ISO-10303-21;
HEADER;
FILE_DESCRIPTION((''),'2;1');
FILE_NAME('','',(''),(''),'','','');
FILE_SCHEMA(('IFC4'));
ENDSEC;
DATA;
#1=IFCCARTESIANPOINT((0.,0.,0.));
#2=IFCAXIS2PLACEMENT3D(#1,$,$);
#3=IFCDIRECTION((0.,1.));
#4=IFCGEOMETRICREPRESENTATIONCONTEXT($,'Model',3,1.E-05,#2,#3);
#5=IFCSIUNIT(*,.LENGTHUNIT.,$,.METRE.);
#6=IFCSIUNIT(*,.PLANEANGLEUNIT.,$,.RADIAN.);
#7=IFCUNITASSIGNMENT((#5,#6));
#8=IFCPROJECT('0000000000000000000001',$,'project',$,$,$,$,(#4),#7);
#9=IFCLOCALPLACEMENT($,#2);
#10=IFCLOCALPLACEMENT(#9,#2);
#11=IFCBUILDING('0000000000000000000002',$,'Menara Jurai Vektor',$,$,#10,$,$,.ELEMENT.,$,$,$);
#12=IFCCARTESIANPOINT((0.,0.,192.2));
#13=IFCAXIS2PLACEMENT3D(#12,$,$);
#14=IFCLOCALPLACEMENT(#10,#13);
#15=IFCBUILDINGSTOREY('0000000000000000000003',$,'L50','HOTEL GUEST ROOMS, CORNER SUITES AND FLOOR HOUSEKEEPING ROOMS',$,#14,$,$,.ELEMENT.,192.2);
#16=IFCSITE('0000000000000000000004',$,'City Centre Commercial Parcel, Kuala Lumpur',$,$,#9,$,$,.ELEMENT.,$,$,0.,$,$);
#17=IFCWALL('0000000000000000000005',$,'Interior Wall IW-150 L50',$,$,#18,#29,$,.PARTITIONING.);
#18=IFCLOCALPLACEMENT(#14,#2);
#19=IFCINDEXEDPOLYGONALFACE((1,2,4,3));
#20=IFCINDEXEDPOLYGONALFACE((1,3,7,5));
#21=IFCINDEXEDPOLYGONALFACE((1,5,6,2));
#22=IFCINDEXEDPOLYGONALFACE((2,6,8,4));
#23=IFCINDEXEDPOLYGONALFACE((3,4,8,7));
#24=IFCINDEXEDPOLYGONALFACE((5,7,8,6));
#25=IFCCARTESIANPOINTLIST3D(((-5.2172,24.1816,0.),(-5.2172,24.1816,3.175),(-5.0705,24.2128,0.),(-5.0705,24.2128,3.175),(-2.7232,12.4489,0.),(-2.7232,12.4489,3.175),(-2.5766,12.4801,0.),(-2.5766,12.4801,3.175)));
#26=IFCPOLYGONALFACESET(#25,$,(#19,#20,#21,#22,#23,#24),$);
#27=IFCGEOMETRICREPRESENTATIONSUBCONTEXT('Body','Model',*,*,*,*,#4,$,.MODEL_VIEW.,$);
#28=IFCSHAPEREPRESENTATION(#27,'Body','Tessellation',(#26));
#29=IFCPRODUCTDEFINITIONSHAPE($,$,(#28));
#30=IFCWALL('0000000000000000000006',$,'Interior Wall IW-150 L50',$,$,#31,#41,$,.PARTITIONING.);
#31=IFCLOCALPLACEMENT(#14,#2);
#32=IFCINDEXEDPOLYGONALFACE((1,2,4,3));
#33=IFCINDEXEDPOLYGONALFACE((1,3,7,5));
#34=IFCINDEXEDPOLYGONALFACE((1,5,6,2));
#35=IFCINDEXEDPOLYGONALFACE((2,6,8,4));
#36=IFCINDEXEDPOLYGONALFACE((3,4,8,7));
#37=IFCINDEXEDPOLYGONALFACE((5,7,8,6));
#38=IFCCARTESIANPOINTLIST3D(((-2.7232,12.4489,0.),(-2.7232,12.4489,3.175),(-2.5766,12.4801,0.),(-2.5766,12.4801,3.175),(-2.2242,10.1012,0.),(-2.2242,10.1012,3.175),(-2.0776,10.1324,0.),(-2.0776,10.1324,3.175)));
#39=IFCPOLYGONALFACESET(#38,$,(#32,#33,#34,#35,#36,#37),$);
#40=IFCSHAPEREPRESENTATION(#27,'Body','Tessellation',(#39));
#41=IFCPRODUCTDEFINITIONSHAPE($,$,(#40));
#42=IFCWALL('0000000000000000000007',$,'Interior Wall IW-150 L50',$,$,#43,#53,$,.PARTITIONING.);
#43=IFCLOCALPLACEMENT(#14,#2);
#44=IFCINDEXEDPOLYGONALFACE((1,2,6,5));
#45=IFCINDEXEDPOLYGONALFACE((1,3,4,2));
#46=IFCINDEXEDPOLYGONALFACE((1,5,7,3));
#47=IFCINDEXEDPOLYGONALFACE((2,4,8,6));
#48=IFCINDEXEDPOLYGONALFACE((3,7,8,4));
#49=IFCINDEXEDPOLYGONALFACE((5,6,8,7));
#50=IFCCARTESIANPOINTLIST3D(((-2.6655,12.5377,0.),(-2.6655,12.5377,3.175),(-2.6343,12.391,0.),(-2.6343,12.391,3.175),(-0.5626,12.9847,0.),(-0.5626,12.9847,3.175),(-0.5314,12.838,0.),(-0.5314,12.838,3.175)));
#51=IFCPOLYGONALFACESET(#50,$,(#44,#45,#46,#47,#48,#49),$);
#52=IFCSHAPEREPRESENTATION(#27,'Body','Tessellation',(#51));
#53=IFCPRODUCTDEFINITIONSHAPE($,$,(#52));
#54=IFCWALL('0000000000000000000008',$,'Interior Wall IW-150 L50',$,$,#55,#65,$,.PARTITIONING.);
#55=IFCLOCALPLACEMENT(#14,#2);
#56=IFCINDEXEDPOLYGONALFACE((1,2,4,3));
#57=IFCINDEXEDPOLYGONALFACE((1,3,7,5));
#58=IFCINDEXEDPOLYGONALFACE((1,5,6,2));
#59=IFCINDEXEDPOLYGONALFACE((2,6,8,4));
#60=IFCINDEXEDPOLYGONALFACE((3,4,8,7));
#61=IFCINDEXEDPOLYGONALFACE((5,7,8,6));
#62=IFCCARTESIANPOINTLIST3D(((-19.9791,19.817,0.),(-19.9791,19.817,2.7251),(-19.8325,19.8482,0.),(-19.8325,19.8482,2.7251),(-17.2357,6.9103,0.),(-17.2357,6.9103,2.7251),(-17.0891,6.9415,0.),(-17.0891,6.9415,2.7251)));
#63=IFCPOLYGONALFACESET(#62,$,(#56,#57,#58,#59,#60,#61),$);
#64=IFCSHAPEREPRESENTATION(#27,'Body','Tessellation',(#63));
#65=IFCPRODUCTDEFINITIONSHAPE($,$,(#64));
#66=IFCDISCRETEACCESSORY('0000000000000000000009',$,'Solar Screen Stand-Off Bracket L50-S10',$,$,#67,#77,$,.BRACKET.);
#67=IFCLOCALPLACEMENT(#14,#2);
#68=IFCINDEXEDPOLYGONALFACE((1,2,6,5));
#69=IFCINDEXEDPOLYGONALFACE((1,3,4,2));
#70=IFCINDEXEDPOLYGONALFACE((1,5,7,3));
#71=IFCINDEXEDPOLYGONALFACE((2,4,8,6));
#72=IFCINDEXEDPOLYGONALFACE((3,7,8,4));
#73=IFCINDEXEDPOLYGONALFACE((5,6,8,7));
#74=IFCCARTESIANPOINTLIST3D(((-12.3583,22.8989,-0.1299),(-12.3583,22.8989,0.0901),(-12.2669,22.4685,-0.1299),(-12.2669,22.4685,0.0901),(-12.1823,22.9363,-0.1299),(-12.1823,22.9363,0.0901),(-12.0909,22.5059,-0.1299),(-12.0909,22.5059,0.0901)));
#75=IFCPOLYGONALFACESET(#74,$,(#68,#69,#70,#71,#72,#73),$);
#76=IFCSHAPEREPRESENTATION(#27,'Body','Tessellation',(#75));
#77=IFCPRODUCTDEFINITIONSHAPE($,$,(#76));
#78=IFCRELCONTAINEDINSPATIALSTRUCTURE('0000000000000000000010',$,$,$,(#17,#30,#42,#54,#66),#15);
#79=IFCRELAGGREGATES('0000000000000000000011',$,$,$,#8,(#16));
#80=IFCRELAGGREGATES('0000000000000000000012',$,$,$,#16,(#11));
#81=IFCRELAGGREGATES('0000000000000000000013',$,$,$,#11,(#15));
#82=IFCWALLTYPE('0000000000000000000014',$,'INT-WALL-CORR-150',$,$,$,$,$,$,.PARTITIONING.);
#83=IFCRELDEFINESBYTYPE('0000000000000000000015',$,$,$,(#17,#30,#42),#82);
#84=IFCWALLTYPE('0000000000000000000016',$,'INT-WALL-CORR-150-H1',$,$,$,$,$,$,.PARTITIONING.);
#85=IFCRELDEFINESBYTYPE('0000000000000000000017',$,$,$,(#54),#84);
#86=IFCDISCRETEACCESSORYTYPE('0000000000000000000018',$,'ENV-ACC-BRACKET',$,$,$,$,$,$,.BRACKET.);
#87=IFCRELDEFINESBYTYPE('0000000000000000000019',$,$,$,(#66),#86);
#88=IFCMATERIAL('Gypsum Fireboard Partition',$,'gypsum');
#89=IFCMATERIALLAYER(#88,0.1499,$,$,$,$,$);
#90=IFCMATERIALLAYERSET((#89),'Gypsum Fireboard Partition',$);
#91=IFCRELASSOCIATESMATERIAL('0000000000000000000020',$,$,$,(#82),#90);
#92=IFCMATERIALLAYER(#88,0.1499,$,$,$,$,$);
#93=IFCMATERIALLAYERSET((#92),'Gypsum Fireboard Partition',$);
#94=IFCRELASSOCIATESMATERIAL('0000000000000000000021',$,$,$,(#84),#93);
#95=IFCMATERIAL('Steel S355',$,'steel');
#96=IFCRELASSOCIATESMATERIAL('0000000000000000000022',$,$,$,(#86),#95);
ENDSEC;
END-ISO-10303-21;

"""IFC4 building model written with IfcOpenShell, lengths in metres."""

from ifc_helpers import new_model, si_unit, direction, frame, frame_2d, origin, origin_2d, place, context, subcontext, project, spatial, rectangle, extrude, material, layer, layer_set, type_object, element, save


model = new_model("IFC4")

# Units and contexts
model_context = context("Model", 3, precision=1e-05, world=origin(), true_north=direction((0.0, 1.0)))
body_context = subcontext(model_context, "Body", "Model", "MODEL_VIEW")
ifc_project = project(units=[si_unit("LENGTHUNIT", "METRE"), si_unit("PLANEANGLEUNIT", "RADIAN")], contexts=[model_context])

# Site, building, storey
site_placement = place(None, origin())
site = spatial("IfcSite", under=ifc_project, at=site_placement, Name="City Centre Commercial Parcel, Kuala Lumpur", CompositionType="ELEMENT", RefElevation=0.0)
building_placement = place(site_placement, origin())
building = spatial("IfcBuilding", under=site, at=building_placement, Name="Menara Jurai Vektor", CompositionType="ELEMENT")
storey_placement = place(building_placement, frame((0.0, 0.0, 192.2)))
storey = spatial("IfcBuildingStorey", under=building, at=storey_placement, Name="L50", Description="HOTEL GUEST ROOMS, CORNER SUITES AND FLOOR HOUSEKEEPING ROOMS", CompositionType="ELEMENT", Elevation=192.2)

# Shared definitions
ifc_material_1 = material(Name="Steel S355", Category="steel")

# Shared definitions
ifc_material_2 = material(Name="Gypsum Fireboard Partition", Category="gypsum")
ifc_layer_1 = layer(ifc_material_2, 0.1499)
ifc_layer_set_1 = layer_set([ifc_layer_1], Name="Gypsum Fireboard Partition")
wall_type_1 = type_object("IfcWallType", Name="INT-WALL-CORR-150", PredefinedType="PARTITIONING", material=ifc_layer_set_1)

# Walls
wall_1_placement = place(storey_placement, frame((-2.6499, 12.4644, 0.0), z_axis=(0.0, 0.0, 1.0), x_axis=(-0.207915, 0.978147, 0.0)))
element("IfcWall", 1, at=wall_1_placement, inside=storey, type_object=wall_type_1, Name="Interior Wall IW-150 L50", PredefinedType="PARTITIONING", context=body_context, shape_type="SweptSolid", body=[
    extrude(rectangle(XDim=11.9949, YDim=0.1499, at=frame_2d((5.9976, 0.0))), origin(), (0.0, 0.0, 1.0), 3.175),
])
wall_2_placement = place(storey_placement, frame((-2.1509, 10.1167, 0.0), z_axis=(0.0, 0.0, 1.0), x_axis=(-0.207917, 0.978146, 0.0)))
element("IfcWall", 2, at=wall_2_placement, inside=storey, type_object=wall_type_1, Name="Interior Wall IW-150 L50", PredefinedType="PARTITIONING", context=body_context, shape_type="SweptSolid", body=[
    extrude(rectangle(XDim=2.4001, YDim=0.1499, at=frame_2d((1.2002, 0.0))), origin(), (0.0, 0.0, 1.0), 3.175),
])
wall_3_placement = place(storey_placement, frame((-2.6499, 12.4644, 0.0), z_axis=(0.0, 0.0, 1.0), x_axis=(0.978147, 0.207916, 0.0)))
element("IfcWall", 3, at=wall_3_placement, inside=storey, type_object=wall_type_1, Name="Interior Wall IW-150 L50", PredefinedType="PARTITIONING", context=body_context, shape_type="SweptSolid", body=[
    extrude(rectangle(XDim=2.1499, YDim=0.1499, at=frame_2d((1.075, 0.0))), origin(), (0.0, 0.0, 1.0), 3.175),
])
ifc_layer_2 = layer(ifc_material_2, 0.1499)
ifc_layer_set_2 = layer_set([ifc_layer_2], Name="Gypsum Fireboard Partition")
wall_type_2 = type_object("IfcWallType", Name="INT-WALL-CORR-150-H1", PredefinedType="PARTITIONING", material=ifc_layer_set_2)
wall_4_placement = place(storey_placement, frame((-17.1624, 6.9258, 0.0), z_axis=(0.0, 0.0, 1.0), x_axis=(-0.207911, 0.978148, 0.0)))
element("IfcWall", 4, at=wall_4_placement, inside=storey, type_object=wall_type_2, Name="Interior Wall IW-150 L50", PredefinedType="PARTITIONING", context=body_context, shape_type="SweptSolid", body=[
    extrude(rectangle(XDim=13.1951, YDim=0.1499, at=frame_2d((6.5977, 0.0))), origin(), (0.0, 0.0, 1.0), 2.7251),
])

# Discrete accessory
discrete_accessory_type = type_object("IfcDiscreteAccessoryType", Name="ENV-ACC-BRACKET", PredefinedType="BRACKET", material=ifc_material_1)
discrete_accessory_placement = place(storey_placement, frame((-12.2246, 22.7024, -0.1299), z_axis=(0.0, 0.0, 1.0), x_axis=(-0.978148, -0.207912, 0.0)))
element("IfcDiscreteAccessory", 5, at=discrete_accessory_placement, inside=storey, type_object=discrete_accessory_type, Name="Solar Screen Stand-Off Bracket L50-S10", PredefinedType="BRACKET", context=body_context, shape_type="SweptSolid", body=[
    extrude(rectangle(XDim=0.1799, YDim=0.4399, at=origin_2d()), origin(), (0.0, 0.0, 1.0), 0.22),
])

save(model, "model.ifc")
